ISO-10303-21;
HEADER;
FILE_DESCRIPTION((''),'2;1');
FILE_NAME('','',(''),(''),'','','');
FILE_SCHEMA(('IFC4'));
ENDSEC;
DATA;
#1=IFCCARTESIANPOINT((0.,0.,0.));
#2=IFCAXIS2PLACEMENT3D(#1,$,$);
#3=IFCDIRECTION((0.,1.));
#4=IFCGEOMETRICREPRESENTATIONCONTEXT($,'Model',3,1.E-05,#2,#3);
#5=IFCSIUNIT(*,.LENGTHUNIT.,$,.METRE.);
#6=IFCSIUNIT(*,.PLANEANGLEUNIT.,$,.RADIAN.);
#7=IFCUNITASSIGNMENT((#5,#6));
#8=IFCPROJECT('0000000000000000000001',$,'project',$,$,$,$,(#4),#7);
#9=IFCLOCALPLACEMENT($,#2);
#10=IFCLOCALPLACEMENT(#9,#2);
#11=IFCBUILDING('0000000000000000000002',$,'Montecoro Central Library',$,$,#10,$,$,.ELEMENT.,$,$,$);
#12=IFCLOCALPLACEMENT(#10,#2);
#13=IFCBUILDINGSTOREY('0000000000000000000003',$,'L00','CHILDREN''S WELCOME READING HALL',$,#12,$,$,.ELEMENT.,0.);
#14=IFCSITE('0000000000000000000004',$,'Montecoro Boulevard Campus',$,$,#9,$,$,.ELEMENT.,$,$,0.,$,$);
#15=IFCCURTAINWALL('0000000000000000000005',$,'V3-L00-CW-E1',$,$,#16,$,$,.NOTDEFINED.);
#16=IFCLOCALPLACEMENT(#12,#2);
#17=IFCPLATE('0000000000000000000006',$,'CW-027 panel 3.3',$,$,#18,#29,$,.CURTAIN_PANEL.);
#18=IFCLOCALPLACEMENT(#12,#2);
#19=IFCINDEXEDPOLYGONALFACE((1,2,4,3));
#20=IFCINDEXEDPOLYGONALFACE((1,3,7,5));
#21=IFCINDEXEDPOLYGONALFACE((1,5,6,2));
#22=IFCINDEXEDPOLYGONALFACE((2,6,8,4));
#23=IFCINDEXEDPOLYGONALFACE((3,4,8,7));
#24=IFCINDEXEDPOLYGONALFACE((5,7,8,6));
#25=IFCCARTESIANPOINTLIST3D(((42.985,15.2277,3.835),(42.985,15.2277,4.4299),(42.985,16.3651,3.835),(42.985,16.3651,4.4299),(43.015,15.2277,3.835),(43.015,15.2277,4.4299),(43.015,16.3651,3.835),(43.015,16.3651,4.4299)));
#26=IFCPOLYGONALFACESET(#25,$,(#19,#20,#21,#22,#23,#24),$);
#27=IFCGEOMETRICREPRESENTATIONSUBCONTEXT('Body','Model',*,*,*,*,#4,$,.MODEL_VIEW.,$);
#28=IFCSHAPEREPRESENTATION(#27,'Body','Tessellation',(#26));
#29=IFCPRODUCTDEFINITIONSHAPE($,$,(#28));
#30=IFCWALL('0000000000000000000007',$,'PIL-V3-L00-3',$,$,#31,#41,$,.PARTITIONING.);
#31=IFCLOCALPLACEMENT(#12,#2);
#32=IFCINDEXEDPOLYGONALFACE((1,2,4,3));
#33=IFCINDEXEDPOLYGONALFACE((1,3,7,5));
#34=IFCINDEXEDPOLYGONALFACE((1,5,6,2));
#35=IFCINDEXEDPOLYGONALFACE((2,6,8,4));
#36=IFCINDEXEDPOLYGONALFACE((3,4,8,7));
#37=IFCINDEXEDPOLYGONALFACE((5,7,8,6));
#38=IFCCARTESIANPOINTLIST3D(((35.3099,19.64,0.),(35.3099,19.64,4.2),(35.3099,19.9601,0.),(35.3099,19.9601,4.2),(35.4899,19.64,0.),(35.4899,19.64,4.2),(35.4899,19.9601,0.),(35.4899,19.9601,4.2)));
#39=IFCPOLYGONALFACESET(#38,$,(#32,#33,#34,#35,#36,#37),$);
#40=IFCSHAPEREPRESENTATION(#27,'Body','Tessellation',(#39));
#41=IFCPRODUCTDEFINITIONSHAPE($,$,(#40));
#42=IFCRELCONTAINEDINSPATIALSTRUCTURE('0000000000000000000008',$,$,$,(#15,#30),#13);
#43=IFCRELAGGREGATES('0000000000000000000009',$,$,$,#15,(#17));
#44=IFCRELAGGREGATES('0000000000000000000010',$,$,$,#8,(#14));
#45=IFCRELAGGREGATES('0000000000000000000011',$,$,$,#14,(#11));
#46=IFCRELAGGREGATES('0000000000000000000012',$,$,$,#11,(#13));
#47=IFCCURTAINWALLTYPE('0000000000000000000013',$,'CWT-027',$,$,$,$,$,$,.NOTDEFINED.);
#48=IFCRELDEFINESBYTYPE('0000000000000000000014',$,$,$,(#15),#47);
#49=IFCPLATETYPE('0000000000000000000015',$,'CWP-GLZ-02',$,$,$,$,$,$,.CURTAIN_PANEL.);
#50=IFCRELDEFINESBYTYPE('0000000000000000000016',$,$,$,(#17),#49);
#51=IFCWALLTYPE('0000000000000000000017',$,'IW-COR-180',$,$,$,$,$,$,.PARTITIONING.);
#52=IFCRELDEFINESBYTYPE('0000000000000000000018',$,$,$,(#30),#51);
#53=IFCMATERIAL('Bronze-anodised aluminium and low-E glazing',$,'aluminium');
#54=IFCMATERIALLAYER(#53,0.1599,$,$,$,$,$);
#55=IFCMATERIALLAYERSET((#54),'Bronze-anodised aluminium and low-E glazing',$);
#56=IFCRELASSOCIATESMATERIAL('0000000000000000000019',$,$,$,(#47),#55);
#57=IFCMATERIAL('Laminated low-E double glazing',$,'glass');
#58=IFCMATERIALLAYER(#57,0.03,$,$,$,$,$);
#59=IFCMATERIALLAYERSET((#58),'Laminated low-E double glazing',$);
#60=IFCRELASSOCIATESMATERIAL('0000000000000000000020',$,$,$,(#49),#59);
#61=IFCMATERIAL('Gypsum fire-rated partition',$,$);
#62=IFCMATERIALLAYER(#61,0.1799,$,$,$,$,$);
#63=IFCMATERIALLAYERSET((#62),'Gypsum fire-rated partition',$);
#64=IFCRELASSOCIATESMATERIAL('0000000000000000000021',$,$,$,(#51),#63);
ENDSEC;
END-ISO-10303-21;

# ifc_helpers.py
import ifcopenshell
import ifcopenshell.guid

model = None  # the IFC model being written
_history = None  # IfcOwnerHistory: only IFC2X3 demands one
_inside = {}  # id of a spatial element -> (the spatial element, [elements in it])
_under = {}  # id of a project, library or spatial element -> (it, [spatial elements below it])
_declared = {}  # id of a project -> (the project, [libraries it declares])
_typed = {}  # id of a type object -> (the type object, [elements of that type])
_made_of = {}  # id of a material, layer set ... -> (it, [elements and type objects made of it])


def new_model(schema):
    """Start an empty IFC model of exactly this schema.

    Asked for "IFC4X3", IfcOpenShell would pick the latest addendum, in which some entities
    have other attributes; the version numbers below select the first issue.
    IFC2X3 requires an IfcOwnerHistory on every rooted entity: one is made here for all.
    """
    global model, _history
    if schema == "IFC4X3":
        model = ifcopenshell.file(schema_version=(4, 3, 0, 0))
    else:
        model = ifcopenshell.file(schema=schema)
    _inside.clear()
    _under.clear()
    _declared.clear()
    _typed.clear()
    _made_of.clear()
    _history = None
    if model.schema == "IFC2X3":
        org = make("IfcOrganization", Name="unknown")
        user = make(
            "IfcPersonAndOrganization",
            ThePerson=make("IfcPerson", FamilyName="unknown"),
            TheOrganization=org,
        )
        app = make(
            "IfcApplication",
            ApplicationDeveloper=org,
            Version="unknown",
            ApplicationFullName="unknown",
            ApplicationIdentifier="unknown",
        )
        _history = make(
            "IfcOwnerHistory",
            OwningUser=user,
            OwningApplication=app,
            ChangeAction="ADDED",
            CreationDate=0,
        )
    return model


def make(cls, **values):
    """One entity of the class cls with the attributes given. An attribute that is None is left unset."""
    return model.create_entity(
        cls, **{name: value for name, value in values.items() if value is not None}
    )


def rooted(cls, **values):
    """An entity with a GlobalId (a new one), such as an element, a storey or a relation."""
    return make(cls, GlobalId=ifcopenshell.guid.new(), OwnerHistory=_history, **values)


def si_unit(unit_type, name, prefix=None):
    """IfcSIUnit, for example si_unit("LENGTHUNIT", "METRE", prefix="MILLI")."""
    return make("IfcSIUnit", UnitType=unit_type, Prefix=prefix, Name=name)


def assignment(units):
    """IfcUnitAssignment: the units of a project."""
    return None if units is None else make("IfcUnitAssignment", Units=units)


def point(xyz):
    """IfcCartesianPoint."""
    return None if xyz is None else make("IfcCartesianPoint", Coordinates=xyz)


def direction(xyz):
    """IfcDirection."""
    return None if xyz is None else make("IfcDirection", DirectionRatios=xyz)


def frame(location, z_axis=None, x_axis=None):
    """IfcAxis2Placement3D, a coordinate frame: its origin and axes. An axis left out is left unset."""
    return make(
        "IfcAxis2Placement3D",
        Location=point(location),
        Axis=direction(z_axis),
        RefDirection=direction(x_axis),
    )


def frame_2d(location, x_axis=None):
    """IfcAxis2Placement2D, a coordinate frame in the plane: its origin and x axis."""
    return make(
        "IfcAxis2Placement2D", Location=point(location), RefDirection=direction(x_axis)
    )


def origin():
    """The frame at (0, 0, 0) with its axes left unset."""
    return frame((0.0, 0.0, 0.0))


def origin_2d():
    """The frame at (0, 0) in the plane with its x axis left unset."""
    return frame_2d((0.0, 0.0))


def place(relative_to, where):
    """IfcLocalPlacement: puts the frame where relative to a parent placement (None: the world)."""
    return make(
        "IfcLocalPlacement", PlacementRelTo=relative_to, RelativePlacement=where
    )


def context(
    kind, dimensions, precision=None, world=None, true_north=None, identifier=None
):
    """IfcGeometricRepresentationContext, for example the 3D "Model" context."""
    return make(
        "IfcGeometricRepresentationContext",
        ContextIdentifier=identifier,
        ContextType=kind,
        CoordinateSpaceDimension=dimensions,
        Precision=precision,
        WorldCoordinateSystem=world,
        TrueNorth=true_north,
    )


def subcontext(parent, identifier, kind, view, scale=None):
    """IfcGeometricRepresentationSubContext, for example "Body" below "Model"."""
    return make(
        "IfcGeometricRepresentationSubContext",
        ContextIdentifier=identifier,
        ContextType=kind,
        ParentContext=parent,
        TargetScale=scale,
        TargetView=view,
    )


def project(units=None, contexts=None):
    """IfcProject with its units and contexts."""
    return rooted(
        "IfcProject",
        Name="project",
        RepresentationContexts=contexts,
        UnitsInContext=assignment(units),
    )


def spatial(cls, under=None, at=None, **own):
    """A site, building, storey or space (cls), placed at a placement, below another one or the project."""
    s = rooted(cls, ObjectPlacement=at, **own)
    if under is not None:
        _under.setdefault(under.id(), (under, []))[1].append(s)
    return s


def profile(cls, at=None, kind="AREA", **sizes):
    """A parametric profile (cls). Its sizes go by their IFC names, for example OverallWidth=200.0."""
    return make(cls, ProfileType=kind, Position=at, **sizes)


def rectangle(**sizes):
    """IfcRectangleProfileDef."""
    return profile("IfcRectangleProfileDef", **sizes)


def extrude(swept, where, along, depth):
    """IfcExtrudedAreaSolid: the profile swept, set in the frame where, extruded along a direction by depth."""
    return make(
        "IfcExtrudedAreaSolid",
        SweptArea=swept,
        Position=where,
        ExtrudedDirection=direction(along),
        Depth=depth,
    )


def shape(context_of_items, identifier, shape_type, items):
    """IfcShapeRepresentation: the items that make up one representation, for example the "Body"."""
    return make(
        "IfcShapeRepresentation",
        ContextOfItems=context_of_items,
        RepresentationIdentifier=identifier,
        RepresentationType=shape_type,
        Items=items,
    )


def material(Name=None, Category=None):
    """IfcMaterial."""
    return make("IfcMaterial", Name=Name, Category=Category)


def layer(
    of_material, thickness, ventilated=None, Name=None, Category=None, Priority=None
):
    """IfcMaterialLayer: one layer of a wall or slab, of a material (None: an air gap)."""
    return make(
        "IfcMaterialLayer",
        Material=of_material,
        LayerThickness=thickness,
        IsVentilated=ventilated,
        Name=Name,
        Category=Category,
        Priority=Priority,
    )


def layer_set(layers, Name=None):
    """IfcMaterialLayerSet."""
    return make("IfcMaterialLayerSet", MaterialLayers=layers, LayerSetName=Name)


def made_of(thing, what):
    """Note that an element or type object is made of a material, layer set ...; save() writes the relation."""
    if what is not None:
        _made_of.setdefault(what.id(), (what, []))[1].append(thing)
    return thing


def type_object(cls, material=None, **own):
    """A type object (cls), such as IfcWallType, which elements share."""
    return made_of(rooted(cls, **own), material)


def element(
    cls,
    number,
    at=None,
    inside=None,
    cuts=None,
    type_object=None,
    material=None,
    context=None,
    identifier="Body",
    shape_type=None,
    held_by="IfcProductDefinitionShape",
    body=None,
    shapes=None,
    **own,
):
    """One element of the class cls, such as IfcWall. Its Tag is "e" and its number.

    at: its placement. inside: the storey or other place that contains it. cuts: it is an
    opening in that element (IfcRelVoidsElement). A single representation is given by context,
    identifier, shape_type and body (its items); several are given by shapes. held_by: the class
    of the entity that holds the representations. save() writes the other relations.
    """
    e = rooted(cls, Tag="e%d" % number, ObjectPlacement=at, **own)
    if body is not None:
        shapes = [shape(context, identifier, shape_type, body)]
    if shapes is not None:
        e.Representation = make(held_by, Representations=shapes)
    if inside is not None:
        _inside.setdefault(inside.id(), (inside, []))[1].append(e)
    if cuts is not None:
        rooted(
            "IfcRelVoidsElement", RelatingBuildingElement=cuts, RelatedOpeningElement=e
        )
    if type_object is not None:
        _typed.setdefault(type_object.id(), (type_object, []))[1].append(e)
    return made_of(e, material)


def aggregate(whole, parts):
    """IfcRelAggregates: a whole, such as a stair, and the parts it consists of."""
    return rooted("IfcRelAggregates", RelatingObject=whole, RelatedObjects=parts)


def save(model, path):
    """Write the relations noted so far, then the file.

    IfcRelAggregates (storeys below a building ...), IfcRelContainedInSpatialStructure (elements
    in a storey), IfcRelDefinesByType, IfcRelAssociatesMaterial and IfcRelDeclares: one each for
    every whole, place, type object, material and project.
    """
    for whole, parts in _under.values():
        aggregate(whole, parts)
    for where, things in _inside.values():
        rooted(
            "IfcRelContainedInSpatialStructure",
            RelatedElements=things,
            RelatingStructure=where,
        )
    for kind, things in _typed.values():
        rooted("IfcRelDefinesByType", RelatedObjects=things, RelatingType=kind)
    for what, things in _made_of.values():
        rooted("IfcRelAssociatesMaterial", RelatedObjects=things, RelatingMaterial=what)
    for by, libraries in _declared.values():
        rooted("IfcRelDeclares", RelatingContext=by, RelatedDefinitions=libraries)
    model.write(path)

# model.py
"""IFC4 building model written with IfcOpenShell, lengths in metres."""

from ifc_helpers import new_model, si_unit, direction, frame, frame_2d, origin, origin_2d, place, context, subcontext, project, spatial, rectangle, extrude, material, layer, layer_set, type_object, element, aggregate, save


model = new_model("IFC4")

# Units and contexts
model_context = context("Model", 3, precision=1e-05, world=origin(), true_north=direction((0.0, 1.0)))
body_context = subcontext(model_context, "Body", "Model", "MODEL_VIEW")
ifc_project = project(units=[si_unit("LENGTHUNIT", "METRE"), si_unit("PLANEANGLEUNIT", "RADIAN")], contexts=[model_context])

# Site, building, storey
site_placement = place(None, origin())
site = spatial("IfcSite", under=ifc_project, at=site_placement, Name="Montecoro Boulevard Campus", CompositionType="ELEMENT", RefElevation=0.0)
building_placement = place(site_placement, origin())
building = spatial("IfcBuilding", under=site, at=building_placement, Name="Montecoro Central Library", CompositionType="ELEMENT")
storey_placement = place(building_placement, origin())
storey = spatial("IfcBuildingStorey", under=building, at=storey_placement, Name="L00", Description="CHILDREN'S WELCOME READING HALL", CompositionType="ELEMENT", Elevation=0.0)

# Curtain wall, plate
ifc_material_1 = material(Name="Bronze-anodised aluminium and low-E glazing", Category="aluminium")
ifc_layer_1 = layer(ifc_material_1, 0.1599)
ifc_layer_set_1 = layer_set([ifc_layer_1], Name="Bronze-anodised aluminium and low-E glazing")
curtain_wall_type = type_object("IfcCurtainWallType", Name="CWT-027", PredefinedType="NOTDEFINED", material=ifc_layer_set_1)
curtain_wall_placement = place(storey_placement, origin())
curtain_wall = element("IfcCurtainWall", 1, at=curtain_wall_placement, inside=storey, type_object=curtain_wall_type, Name="V3-L00-CW-E1", PredefinedType="NOTDEFINED")
ifc_material_2 = material(Name="Laminated low-E double glazing", Category="glass")
ifc_layer_2 = layer(ifc_material_2, 0.03)
ifc_layer_set_2 = layer_set([ifc_layer_2], Name="Laminated low-E double glazing")
plate_type = type_object("IfcPlateType", Name="CWP-GLZ-02", PredefinedType="CURTAIN_PANEL", material=ifc_layer_set_2)
plate_1_placement = place(storey_placement, frame((43.0, 15.7964, 3.835), z_axis=(0.0, 0.0, 1.0), x_axis=(0.0, 1.0, 0.0)))
plate_1 = element("IfcPlate", 2, at=plate_1_placement, type_object=plate_type, Name="CW-027 panel 3.3", PredefinedType="CURTAIN_PANEL", context=body_context, shape_type="SweptSolid", body=[
    extrude(rectangle(XDim=1.1375, YDim=0.03, at=origin_2d()), origin(), (0.0, 0.0, 1.0), 0.595),
])
aggregate(curtain_wall, [plate_1])

# Wall
ifc_material_3 = material(Name="Gypsum fire-rated partition")
ifc_layer_3 = layer(ifc_material_3, 0.1799)
ifc_layer_set_3 = layer_set([ifc_layer_3], Name="Gypsum fire-rated partition")
wall_type = type_object("IfcWallType", Name="IW-COR-180", PredefinedType="PARTITIONING", material=ifc_layer_set_3)
wall_placement = place(storey_placement, frame((35.3999, 19.6399, 0.0), z_axis=(0.0, 0.0, 1.0), x_axis=(0.0, 1.0, 0.0)))
element("IfcWall", 3, at=wall_placement, inside=storey, type_object=wall_type, Name="PIL-V3-L00-3", PredefinedType="PARTITIONING", context=body_context, shape_type="SweptSolid", body=[
    extrude(rectangle(XDim=0.3201, YDim=0.1799, at=frame_2d((0.1602, 0.0))), origin(), (0.0, 0.0, 1.0), 4.2),
])

save(model, "model.ifc")
